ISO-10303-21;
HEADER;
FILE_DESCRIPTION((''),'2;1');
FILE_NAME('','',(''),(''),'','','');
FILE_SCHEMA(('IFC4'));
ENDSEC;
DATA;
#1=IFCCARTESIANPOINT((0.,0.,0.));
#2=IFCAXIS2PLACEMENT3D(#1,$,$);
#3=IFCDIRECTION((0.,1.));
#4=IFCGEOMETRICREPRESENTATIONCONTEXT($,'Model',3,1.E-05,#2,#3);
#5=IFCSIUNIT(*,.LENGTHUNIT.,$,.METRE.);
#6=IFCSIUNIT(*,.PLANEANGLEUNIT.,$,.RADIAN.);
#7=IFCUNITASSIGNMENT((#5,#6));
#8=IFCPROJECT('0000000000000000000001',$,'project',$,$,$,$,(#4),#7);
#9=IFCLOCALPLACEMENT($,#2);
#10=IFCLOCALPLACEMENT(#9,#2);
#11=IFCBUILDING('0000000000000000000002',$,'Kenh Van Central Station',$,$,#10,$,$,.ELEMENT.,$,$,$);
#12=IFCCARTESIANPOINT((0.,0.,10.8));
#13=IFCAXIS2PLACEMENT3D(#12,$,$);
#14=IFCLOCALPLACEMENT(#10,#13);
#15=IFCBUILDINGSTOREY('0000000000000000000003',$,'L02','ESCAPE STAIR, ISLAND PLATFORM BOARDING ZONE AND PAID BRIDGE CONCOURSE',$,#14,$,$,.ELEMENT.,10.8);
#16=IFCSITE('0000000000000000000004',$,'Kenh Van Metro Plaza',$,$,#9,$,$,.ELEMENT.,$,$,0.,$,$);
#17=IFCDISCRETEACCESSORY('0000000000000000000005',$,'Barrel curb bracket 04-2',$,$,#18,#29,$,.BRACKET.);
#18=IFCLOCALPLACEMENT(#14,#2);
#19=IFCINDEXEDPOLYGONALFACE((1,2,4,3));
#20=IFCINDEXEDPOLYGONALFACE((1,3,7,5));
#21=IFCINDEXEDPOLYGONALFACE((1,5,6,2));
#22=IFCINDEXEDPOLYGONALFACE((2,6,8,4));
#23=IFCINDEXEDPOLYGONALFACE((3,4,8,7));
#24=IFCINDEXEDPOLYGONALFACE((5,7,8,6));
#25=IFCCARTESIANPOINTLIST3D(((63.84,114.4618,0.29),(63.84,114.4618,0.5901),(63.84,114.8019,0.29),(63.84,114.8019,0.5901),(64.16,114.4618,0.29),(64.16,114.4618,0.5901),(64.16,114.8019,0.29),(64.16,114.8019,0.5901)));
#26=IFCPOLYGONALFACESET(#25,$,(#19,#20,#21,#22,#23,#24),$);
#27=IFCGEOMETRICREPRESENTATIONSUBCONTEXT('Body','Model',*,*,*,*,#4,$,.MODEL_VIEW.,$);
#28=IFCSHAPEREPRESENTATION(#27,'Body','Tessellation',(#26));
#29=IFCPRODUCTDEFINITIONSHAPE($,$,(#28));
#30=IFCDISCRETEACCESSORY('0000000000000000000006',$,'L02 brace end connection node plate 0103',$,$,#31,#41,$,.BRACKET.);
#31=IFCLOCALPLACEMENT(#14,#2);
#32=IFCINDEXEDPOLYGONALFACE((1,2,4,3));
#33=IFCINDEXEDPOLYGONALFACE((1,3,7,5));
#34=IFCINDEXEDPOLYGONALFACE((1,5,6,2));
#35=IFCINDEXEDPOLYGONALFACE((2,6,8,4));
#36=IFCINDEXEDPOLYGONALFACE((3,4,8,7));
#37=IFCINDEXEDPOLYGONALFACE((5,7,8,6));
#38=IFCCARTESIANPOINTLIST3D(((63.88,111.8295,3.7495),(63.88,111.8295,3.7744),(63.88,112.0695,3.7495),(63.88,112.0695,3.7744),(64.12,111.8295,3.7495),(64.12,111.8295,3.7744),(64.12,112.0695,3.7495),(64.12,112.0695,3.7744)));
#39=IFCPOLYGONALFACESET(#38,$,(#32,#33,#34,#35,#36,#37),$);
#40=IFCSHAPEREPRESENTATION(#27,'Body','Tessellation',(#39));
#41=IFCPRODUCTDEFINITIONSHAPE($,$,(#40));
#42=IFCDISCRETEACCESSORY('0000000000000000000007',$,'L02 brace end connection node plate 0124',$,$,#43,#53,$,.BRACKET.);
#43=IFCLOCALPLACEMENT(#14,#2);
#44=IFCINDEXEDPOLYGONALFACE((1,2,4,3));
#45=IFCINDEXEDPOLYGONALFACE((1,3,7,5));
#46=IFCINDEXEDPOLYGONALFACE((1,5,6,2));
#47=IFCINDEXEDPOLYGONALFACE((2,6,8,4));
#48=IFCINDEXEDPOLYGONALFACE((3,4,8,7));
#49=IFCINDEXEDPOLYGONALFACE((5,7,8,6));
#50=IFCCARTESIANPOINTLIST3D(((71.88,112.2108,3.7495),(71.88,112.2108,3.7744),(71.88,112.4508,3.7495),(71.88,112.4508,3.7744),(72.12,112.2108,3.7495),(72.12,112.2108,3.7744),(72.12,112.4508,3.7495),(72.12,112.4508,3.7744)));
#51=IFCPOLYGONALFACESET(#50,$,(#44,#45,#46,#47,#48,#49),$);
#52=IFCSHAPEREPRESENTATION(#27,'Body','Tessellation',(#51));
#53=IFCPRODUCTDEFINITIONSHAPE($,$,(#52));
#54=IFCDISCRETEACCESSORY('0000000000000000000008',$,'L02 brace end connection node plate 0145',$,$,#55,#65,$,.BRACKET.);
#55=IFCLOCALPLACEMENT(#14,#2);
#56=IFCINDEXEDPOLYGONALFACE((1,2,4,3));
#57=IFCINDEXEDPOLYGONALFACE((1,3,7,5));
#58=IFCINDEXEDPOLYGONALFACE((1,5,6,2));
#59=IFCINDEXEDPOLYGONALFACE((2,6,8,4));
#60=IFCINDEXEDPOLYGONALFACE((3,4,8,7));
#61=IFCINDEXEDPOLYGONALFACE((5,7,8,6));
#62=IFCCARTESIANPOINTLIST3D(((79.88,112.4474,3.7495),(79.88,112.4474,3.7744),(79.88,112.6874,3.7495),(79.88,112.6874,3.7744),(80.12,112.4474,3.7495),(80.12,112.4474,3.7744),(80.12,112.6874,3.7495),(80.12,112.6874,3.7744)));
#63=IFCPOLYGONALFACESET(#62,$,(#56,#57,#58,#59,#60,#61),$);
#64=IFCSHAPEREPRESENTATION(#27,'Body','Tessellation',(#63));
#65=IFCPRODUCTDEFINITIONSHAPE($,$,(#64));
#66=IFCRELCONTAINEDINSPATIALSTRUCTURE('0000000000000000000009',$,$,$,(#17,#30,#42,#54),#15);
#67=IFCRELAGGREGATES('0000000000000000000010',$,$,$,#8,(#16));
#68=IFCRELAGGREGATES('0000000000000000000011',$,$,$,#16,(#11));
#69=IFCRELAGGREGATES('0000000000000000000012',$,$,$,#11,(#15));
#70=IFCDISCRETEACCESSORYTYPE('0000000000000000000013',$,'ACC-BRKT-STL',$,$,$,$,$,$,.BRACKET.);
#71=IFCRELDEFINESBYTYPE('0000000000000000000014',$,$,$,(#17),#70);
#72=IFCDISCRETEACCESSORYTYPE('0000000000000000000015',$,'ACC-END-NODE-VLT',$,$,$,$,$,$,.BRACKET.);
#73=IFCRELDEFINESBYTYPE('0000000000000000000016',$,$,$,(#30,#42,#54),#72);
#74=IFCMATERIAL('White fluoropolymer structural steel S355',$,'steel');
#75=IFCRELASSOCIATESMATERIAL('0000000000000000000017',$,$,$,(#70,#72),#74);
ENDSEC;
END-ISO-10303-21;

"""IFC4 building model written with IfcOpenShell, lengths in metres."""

from ifc_helpers import new_model, si_unit, direction, frame, origin, origin_2d, place, context, subcontext, project, spatial, rectangle, extrude, material, type_object, element, save


model = new_model("IFC4")

# Units and contexts
model_context = context("Model", 3, precision=1e-05, world=origin(), true_north=direction((0.0, 1.0)))
body_context = subcontext(model_context, "Body", "Model", "MODEL_VIEW")
ifc_project = project(units=[si_unit("LENGTHUNIT", "METRE"), si_unit("PLANEANGLEUNIT", "RADIAN")], contexts=[model_context])

# Site, building, storey
site_placement = place(None, origin())
site = spatial("IfcSite", under=ifc_project, at=site_placement, Name="Kenh Van Metro Plaza", CompositionType="ELEMENT", RefElevation=0.0)
building_placement = place(site_placement, origin())
building = spatial("IfcBuilding", under=site, at=building_placement, Name="Kenh Van Central Station", CompositionType="ELEMENT")
storey_placement = place(building_placement, frame((0.0, 0.0, 10.8)))
storey = spatial("IfcBuildingStorey", under=building, at=storey_placement, Name="L02", Description="ESCAPE STAIR, ISLAND PLATFORM BOARDING ZONE AND PAID BRIDGE CONCOURSE", CompositionType="ELEMENT", Elevation=10.8)

# Shared definitions
ifc_material_1 = material(Name="White fluoropolymer structural steel S355", Category="steel")

# Discrete accessories
discrete_accessory_type_1 = type_object("IfcDiscreteAccessoryType", Name="ACC-BRKT-STL", PredefinedType="BRACKET", material=ifc_material_1)
discrete_accessory_placement = place(storey_placement, frame((64.0, 114.6318, 0.29), z_axis=(0.0, 0.0, 1.0), x_axis=(1.0, 0.0, 0.0)))
element("IfcDiscreteAccessory", 1, at=discrete_accessory_placement, inside=storey, type_object=discrete_accessory_type_1, Name="Barrel curb bracket 04-2", PredefinedType="BRACKET", context=body_context, shape_type="SweptSolid", body=[
    extrude(rectangle(XDim=0.3201, YDim=0.3401, at=origin_2d()), origin(), (0.0, 0.0, 1.0), 0.3),
])
discrete_accessory_type_2 = type_object("IfcDiscreteAccessoryType", Name="ACC-END-NODE-VLT", PredefinedType="BRACKET", material=ifc_material_1)
for number, where, z_axis, x_axis, name in (
    (2, (64.0, 111.9495, 3.7495), (0.0, 0.0, 1.0), (1.0, 0.0, 0.0), "L02 brace end connection node plate 0103"),
    (3, (72.0, 112.3308, 3.7495), (0.0, 0.0, 1.0), (1.0, 0.0, 0.0), "L02 brace end connection node plate 0124"),
    (4, (80.0, 112.5674, 3.7495), (0.0, 0.0, 1.0), (1.0, 0.0, 0.0), "L02 brace end connection node plate 0145"),
):
    element("IfcDiscreteAccessory", number, at=place(storey_placement, frame(where, z_axis=z_axis, x_axis=x_axis)), inside=storey, type_object=discrete_accessory_type_2, Name=name, PredefinedType="BRACKET", context=body_context, shape_type="SweptSolid", body=[
        extrude(rectangle(XDim=0.24, YDim=0.24, at=origin_2d()), origin(), (0.0, 0.0, 1.0), 0.0249),
    ])

save(model, "model.ifc")
